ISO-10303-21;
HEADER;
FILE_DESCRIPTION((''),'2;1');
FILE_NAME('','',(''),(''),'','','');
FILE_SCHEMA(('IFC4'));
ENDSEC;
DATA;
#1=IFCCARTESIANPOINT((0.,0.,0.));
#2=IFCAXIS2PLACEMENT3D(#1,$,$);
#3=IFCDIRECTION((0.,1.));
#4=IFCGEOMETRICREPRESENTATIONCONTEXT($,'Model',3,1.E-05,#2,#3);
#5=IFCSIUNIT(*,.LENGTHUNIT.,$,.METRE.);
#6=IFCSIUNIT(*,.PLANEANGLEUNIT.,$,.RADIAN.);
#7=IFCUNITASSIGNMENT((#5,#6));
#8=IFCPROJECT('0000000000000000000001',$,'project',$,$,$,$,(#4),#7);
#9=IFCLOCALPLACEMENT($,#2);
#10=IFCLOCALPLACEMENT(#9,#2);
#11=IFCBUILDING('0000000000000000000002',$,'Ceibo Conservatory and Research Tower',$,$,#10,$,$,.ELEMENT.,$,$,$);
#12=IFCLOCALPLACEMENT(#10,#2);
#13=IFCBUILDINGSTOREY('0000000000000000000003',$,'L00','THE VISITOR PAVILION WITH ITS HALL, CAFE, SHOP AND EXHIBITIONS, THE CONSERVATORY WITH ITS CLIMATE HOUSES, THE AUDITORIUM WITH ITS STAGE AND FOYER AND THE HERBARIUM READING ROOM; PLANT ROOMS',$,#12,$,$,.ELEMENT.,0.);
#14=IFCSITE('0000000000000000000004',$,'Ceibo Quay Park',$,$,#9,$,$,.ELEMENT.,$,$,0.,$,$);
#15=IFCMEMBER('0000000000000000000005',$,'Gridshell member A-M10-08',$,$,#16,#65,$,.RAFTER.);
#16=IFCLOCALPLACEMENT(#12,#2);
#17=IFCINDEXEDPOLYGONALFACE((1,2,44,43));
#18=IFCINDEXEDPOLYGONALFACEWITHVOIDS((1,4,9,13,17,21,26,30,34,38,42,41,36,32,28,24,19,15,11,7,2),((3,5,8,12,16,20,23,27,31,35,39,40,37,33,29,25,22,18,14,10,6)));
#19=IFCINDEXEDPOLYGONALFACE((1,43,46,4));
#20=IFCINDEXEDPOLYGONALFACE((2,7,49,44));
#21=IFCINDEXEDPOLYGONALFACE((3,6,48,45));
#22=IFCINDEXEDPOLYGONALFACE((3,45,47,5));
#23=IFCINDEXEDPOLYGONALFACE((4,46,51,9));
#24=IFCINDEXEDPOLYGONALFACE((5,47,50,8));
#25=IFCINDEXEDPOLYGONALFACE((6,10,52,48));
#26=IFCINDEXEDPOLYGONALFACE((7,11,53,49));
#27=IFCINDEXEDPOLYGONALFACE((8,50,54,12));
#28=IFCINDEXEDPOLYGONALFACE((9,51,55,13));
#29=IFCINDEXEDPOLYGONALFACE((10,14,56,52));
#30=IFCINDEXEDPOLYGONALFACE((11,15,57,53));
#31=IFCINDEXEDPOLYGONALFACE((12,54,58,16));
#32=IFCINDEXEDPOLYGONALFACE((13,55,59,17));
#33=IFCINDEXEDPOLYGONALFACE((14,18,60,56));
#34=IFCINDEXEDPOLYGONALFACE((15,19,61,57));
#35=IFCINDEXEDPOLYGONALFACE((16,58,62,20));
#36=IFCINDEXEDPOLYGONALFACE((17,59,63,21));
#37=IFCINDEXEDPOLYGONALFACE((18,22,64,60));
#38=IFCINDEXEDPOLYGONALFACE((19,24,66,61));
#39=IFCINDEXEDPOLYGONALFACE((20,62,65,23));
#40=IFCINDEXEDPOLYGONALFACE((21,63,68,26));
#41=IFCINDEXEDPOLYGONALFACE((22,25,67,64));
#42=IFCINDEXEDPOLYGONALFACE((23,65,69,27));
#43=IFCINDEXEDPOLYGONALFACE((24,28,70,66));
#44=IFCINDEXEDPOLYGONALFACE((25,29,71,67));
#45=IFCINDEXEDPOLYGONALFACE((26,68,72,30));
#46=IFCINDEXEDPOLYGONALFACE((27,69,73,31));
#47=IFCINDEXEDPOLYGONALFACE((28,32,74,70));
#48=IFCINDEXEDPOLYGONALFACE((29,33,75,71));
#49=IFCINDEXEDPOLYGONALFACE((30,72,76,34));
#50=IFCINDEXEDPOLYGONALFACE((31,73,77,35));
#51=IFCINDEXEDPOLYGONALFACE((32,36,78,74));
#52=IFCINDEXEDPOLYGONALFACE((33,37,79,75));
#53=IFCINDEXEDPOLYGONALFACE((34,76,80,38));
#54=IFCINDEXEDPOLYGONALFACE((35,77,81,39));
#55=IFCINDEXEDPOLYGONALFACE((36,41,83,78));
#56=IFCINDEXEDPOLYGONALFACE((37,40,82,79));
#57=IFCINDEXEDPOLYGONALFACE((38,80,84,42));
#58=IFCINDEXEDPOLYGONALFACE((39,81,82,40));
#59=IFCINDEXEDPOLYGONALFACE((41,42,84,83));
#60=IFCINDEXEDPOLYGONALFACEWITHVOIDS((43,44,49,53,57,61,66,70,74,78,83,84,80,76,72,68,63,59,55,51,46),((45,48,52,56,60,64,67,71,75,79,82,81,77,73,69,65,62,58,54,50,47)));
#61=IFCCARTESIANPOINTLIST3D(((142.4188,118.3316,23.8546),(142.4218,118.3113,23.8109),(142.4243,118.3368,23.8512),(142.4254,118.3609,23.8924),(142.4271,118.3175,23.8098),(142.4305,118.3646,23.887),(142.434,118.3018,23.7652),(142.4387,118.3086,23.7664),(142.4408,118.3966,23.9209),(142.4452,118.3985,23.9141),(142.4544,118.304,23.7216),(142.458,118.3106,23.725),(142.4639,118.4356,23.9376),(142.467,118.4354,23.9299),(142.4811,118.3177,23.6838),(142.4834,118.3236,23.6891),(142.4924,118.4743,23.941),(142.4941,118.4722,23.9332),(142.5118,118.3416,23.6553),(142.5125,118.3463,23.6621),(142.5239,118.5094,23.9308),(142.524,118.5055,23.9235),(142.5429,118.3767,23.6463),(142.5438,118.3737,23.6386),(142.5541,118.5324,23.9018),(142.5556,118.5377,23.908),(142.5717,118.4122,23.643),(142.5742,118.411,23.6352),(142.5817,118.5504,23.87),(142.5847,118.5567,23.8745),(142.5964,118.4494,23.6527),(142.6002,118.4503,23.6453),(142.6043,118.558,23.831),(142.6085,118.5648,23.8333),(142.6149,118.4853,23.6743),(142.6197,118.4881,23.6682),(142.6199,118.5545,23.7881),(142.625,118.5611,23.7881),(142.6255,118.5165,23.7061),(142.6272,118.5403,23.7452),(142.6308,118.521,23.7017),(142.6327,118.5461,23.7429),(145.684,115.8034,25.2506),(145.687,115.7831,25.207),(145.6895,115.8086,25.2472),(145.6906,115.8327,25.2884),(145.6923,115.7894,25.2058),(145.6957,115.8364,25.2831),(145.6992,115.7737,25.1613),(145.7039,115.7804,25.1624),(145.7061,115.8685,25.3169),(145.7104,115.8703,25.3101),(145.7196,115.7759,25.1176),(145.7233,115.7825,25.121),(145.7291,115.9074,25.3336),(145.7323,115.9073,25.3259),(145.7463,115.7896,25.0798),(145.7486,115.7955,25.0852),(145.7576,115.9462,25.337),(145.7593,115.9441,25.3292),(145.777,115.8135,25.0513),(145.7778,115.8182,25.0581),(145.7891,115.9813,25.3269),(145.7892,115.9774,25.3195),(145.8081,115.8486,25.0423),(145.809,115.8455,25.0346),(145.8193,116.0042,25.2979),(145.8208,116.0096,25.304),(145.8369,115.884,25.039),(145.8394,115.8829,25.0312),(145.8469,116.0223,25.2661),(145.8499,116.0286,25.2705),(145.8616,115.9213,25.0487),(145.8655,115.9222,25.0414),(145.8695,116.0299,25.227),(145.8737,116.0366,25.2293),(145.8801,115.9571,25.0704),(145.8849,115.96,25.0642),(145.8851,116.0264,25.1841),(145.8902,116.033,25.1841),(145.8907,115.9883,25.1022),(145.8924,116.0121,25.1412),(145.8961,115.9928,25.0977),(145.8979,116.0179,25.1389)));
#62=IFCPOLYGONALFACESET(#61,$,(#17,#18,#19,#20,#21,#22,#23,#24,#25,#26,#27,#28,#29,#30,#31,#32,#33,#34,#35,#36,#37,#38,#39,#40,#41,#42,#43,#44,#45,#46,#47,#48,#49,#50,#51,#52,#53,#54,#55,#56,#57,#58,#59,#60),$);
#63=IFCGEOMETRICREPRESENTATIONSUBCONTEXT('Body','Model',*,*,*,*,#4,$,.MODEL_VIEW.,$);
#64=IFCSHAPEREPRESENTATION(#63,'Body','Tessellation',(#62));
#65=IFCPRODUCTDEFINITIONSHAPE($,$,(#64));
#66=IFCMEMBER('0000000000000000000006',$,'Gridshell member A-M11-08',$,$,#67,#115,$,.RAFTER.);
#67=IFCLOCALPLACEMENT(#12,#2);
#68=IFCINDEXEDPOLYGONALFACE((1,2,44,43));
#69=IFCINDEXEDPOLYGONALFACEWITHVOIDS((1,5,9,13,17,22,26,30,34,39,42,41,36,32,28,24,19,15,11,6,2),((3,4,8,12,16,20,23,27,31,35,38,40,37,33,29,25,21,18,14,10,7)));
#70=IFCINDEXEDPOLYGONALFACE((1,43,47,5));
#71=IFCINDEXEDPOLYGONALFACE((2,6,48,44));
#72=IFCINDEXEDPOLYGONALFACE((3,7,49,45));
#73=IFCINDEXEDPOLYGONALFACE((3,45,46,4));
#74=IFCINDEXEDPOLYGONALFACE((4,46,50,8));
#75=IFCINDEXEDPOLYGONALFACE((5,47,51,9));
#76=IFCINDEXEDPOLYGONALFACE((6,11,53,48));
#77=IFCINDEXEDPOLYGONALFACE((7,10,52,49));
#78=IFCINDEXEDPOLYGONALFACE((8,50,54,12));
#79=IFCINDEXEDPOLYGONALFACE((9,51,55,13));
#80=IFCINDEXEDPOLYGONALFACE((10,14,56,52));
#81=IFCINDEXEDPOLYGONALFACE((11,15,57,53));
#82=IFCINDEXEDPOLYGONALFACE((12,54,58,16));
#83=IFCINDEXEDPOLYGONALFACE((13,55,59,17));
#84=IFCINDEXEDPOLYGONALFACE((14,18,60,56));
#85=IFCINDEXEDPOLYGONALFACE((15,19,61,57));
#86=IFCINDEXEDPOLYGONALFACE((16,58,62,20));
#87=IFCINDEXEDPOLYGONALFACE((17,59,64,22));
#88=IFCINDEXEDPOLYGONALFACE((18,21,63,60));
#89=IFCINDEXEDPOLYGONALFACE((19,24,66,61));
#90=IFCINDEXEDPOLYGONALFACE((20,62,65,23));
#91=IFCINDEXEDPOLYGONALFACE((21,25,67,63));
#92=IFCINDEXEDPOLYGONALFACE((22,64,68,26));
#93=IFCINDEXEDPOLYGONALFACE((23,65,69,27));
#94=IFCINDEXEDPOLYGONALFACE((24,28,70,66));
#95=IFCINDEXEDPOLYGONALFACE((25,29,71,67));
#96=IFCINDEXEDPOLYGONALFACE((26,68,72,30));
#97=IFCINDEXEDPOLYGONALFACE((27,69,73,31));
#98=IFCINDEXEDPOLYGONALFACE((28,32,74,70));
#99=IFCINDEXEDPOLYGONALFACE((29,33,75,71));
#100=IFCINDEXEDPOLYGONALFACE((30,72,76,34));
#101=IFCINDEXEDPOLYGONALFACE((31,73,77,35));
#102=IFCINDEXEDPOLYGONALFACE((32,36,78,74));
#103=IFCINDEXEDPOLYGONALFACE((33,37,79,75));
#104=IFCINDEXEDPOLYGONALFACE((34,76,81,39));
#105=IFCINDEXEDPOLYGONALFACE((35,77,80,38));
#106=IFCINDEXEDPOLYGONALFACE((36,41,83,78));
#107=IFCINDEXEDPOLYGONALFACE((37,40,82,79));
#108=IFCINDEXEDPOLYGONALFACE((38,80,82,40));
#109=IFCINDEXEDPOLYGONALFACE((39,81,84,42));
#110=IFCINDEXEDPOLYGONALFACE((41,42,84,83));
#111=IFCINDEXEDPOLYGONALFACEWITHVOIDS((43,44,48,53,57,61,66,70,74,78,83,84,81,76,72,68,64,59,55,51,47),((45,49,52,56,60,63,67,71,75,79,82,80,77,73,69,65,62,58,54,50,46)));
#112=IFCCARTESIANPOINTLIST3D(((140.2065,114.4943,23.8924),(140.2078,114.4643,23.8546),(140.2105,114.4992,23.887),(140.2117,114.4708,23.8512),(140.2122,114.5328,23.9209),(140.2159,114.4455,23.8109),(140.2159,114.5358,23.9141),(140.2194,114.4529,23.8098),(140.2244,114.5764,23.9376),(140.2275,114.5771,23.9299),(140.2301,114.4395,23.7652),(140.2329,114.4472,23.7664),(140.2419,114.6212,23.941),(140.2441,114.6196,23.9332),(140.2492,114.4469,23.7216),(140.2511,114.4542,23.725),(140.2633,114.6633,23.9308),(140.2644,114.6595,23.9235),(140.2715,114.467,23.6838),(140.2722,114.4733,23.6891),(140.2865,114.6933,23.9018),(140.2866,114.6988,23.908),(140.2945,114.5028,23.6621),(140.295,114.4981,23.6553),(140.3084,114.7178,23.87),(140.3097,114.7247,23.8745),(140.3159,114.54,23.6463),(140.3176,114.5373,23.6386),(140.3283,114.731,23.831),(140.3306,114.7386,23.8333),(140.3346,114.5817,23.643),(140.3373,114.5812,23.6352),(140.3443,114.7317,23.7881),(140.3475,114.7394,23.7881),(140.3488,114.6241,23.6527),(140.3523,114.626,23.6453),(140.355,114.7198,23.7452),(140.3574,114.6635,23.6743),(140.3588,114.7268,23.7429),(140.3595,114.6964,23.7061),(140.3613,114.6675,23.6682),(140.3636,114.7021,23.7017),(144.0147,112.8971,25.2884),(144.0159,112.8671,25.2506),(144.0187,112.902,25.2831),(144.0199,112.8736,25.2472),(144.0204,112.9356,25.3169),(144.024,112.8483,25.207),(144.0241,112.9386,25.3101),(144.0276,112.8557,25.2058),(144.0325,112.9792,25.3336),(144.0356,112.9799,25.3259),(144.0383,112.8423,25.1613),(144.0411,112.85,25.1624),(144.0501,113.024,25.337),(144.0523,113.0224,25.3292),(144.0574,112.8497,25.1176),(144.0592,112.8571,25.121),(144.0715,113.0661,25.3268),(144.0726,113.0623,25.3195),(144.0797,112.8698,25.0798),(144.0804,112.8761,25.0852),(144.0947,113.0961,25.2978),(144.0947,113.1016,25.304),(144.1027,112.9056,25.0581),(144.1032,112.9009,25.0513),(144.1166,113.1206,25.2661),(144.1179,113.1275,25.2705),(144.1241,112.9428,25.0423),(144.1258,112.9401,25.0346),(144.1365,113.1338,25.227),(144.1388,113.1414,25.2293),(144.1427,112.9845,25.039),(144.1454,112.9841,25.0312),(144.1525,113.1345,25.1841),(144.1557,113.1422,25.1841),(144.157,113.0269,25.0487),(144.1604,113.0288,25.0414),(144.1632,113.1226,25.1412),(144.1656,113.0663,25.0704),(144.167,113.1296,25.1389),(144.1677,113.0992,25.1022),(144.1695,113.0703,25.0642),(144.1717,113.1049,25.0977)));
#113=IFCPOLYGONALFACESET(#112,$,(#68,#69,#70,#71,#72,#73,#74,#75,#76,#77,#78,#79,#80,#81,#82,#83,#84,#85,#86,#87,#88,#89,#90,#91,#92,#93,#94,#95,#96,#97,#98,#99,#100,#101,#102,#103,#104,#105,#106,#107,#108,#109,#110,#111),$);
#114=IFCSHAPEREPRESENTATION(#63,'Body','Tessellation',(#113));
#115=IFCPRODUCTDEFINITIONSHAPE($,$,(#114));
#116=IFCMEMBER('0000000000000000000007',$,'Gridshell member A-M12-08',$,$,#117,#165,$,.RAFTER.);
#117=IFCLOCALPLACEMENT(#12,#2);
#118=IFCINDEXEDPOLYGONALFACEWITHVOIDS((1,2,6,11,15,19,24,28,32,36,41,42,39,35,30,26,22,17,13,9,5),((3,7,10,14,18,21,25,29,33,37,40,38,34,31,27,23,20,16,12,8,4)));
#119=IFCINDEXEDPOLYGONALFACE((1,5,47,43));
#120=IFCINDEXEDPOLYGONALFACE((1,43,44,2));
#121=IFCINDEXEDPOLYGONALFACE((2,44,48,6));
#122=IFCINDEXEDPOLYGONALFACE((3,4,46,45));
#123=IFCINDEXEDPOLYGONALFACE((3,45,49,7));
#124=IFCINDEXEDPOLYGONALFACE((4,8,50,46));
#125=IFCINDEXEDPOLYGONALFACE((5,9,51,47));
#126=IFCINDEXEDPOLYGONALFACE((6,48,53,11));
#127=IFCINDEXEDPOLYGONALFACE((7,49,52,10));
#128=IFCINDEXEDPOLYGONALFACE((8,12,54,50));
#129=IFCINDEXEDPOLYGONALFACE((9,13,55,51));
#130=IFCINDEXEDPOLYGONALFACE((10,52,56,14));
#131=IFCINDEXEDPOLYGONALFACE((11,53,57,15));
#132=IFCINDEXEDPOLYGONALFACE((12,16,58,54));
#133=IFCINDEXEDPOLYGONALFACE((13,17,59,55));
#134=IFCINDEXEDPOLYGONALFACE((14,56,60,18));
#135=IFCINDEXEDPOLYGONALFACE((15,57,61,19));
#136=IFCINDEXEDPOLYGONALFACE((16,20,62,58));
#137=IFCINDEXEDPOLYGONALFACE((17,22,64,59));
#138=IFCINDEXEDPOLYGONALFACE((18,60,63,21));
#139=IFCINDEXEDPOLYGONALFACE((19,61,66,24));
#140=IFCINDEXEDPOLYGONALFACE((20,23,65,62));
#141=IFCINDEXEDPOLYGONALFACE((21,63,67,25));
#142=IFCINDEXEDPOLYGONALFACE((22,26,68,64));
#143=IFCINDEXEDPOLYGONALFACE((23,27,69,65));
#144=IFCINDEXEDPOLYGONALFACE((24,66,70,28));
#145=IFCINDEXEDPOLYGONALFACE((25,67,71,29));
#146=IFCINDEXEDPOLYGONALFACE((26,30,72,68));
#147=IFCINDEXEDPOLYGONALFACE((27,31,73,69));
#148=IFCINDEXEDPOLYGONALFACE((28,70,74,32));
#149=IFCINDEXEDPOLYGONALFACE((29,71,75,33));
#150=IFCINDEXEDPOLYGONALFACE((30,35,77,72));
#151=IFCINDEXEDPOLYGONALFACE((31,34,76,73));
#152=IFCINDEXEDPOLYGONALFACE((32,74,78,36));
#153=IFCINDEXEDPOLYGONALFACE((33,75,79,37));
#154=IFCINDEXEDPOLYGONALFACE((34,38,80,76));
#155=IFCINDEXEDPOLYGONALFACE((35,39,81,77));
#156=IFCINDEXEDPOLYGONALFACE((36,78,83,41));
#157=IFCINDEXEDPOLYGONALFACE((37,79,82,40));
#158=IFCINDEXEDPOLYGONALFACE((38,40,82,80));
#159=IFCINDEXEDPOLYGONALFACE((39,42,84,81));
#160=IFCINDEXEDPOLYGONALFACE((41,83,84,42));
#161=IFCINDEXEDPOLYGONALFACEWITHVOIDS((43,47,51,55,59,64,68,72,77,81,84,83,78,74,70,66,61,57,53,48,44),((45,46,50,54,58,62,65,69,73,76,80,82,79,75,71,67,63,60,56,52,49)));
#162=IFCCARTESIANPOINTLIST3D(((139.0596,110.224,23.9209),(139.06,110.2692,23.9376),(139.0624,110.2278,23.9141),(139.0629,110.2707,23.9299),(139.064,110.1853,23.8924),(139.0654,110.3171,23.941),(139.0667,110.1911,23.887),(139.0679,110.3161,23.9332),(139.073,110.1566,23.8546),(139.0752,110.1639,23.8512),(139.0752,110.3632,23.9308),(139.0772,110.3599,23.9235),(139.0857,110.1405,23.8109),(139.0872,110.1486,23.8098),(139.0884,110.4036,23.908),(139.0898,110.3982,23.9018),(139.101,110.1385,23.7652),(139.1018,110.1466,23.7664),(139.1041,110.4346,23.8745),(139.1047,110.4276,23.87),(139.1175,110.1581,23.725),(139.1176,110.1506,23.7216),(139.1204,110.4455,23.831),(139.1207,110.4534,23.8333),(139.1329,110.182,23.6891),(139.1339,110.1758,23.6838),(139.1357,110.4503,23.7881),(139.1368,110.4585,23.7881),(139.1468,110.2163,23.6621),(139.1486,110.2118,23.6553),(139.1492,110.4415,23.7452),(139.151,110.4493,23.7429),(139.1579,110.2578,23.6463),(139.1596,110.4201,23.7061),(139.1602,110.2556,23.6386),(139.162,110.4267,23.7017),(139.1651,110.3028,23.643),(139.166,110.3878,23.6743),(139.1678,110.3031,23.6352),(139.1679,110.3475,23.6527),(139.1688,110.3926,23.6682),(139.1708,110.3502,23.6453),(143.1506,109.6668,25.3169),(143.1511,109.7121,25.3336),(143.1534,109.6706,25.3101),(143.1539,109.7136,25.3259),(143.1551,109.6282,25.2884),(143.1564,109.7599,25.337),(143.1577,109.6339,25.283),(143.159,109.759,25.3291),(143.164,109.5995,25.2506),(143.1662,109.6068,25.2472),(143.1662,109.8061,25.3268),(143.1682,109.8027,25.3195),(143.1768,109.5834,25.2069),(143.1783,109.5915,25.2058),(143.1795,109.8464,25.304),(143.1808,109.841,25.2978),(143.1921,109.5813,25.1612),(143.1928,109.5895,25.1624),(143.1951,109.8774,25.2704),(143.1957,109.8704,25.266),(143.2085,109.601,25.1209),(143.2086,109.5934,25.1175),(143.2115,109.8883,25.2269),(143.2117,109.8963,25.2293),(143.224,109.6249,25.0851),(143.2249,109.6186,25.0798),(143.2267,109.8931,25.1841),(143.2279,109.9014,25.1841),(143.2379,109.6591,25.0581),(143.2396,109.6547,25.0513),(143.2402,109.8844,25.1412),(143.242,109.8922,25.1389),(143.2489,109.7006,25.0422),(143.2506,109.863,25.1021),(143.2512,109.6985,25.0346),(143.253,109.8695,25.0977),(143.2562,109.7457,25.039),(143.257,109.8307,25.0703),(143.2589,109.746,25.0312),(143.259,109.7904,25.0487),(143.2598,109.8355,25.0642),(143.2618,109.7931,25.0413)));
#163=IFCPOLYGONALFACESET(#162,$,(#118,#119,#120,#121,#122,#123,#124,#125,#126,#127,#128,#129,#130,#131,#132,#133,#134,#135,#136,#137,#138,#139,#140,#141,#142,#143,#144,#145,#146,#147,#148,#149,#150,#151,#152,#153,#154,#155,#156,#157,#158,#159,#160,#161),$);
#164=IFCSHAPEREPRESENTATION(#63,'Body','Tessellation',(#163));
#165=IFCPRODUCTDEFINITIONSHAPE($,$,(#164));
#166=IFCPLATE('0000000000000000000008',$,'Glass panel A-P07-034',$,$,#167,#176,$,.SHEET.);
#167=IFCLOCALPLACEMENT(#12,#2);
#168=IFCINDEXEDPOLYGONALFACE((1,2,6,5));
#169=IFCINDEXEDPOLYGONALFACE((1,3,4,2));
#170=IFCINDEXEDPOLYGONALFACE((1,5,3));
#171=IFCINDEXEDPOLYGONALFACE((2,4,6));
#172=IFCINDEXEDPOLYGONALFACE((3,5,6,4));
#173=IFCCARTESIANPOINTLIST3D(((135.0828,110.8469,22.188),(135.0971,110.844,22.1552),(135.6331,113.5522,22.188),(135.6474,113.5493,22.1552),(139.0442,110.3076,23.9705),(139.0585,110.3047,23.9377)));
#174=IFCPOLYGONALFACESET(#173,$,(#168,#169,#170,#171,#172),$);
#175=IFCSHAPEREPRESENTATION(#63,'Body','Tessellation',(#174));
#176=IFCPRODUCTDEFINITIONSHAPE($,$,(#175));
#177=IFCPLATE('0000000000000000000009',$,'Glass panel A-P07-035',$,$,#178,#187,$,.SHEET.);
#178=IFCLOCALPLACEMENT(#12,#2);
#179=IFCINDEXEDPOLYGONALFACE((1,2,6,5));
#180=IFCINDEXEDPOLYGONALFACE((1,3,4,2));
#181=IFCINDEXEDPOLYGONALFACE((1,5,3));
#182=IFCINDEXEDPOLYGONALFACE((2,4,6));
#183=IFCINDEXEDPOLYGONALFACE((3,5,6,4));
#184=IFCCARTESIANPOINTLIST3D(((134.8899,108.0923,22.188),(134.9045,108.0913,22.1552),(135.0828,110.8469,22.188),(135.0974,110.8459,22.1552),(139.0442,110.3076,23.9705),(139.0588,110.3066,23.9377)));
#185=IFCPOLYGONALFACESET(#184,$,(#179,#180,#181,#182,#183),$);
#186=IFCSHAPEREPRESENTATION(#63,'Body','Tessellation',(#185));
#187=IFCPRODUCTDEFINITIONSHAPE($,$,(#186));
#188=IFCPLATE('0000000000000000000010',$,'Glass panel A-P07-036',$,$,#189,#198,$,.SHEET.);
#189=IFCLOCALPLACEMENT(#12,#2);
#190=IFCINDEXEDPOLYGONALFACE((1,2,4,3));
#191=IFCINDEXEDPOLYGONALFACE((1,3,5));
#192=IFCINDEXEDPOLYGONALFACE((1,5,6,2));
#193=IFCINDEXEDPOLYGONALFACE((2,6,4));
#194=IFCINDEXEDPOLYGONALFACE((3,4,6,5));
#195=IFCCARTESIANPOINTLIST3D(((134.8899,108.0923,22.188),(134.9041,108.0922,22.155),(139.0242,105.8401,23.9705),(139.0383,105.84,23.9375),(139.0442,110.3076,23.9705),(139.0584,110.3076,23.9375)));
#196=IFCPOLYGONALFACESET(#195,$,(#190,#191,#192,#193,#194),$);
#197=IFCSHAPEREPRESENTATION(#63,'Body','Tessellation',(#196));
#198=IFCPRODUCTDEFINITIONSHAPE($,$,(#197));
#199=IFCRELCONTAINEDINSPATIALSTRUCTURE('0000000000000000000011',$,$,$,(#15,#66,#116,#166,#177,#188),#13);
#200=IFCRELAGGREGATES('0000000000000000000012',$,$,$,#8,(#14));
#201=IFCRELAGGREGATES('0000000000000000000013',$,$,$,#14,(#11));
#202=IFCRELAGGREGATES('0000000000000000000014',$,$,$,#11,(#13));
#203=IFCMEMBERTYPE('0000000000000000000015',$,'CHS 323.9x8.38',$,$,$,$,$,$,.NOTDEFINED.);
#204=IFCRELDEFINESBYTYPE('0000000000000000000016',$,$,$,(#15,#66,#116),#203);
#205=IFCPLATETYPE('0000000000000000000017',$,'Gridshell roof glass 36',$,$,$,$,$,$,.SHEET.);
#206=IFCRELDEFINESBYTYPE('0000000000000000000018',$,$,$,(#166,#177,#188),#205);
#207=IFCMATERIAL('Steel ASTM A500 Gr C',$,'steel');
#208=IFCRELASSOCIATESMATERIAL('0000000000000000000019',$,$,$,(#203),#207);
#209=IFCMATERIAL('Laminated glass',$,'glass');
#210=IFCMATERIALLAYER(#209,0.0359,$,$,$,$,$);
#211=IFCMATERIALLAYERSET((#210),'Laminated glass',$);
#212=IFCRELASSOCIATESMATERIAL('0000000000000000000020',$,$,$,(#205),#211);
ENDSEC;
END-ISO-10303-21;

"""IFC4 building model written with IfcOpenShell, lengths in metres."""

from ifc_helpers import new_model, si_unit, direction, frame, origin, origin_2d, place, context, subcontext, project, spatial, polyline, hollow_circle, outline, extrude, material, layer, layer_set, material_profile, profile_set, type_object, element, save


model = new_model("IFC4")

# Units and contexts
model_context = context("Model", 3, precision=1e-05, world=origin(), true_north=direction((0.0, 1.0)))
body_context = subcontext(model_context, "Body", "Model", "MODEL_VIEW")
ifc_project = project(units=[si_unit("LENGTHUNIT", "METRE"), si_unit("PLANEANGLEUNIT", "RADIAN")], contexts=[model_context])

# Site, building, storey
site_placement = place(None, origin())
site = spatial("IfcSite", under=ifc_project, at=site_placement, Name="Ceibo Quay Park", CompositionType="ELEMENT", RefElevation=0.0)
building_placement = place(site_placement, origin())
building = spatial("IfcBuilding", under=site, at=building_placement, Name="Ceibo Conservatory and Research Tower", CompositionType="ELEMENT")
storey_placement = place(building_placement, origin())
storey = spatial("IfcBuildingStorey", under=building, at=storey_placement, Name="L00", Description="THE VISITOR PAVILION WITH ITS HALL, CAFE, SHOP AND EXHIBITIONS, THE CONSERVATORY WITH ITS CLIMATE HOUSES, THE AUDITORIUM WITH ITS STAGE AND FOYER AND THE HERBARIUM READING ROOM; PLANT ROOMS", CompositionType="ELEMENT", Elevation=0.0)

# Members
ifc_material_1 = material(Name="Steel ASTM A500 Gr C", Category="steel")
ifc_material_profile_1 = material_profile(ifc_material_1, hollow_circle(Radius=0.1619, WallThickness=0.0083, at=origin_2d()), Name="CHS 323.9x8.38")
ifc_profile_set_1 = profile_set([ifc_material_profile_1], Name="Steel ASTM A500 Gr C")
member_type_1 = type_object("IfcMemberType", Name="CHS 323.9x8.38", PredefinedType="NOTDEFINED", material=ifc_profile_set_1)
for number, where, z_axis, x_axis, name in (
    (1, (142.5259, 118.4331, 23.7881), (0.749052, -0.579964, 0.320254), (0.612208, 0.790697, 0.0), "Gridshell member A-M10-08"),
    (2, (140.2849, 114.5901, 23.7881), (0.873607, -0.366402, 0.320252), (0.386772, 0.922175, 0.0), "Gridshell member A-M11-08"),
):
    element("IfcMember", number, at=place(storey_placement, frame(where, z_axis=z_axis, x_axis=x_axis)), inside=storey, type_object=member_type_1, Name=name, PredefinedType="RAFTER", context=body_context, shape_type="SweptSolid", body=[
        extrude(hollow_circle(Radius=0.1619, WallThickness=0.0083, at=origin_2d()), origin(), (0.0, 0.0, 1.0), 4.3591),
    ])
member_1_placement = place(storey_placement, frame((139.115, 110.2981, 23.7881), z_axis=(0.938653, -0.127828, 0.320297), x_axis=(0.134936, 0.990854, 0.0)))
element("IfcMember", 3, at=member_1_placement, inside=storey, type_object=member_type_1, Name="Gridshell member A-M12-08", PredefinedType="RAFTER", context=body_context, shape_type="SweptSolid", body=[
    extrude(hollow_circle(Radius=0.1619, WallThickness=0.0083, at=origin_2d()), origin(), (0.0, 0.0, 1.0), 4.3584),
])

# Plates
ifc_material_2 = material(Name="Laminated glass", Category="glass")
ifc_layer = layer(ifc_material_2, 0.0359)
ifc_layer_set = layer_set([ifc_layer], Name="Laminated glass")
plate_type = type_object("IfcPlateType", Name="Gridshell roof glass 36", PredefinedType="SHEET", material=ifc_layer_set)
plate_1_placement = place(storey_placement, frame((139.0442, 110.3076, 23.9705), z_axis=(-0.399746, 0.081313, 0.913012), x_axis=(-0.677626, 0.644549, -0.35409)))
element("IfcPlate", 4, at=plate_1_placement, inside=storey, type_object=plate_type, Name="Glass panel A-P07-034", PredefinedType="SHEET", context=body_context, shape_type="SweptSolid", body=[
    extrude(outline(polyline([(0.0, 0.0), (5.0339, 0.0), (3.6631, 2.3963), (0.0, 0.0)])), origin(), (0.0, 0.0, -1.0), 0.0359),
])
plate_2_placement = place(storey_placement, frame((139.0442, 110.3076, 23.9705), z_axis=(-0.406937, 0.028492, 0.913012), x_axis=(-0.904988, 0.123205, -0.407206)))
element("IfcPlate", 5, at=plate_2_placement, inside=storey, type_object=plate_type, Name="Glass panel A-P07-035", PredefinedType="SHEET", context=body_context, shape_type="SweptSolid", body=[
    extrude(outline(polyline([(0.0, 0.0), (4.3773, 0.0), (4.2125, 2.7565), (0.0, 0.0)])), origin(), (0.0, 0.0, -1.0), 0.0359),
])
plate_3_placement = place(storey_placement, frame((139.0442, 110.3076, 23.9705), z_axis=(-0.3951, 0.00177, 0.918636), x_axis=(-0.825216, -0.440057, -0.354073)))
element("IfcPlate", 6, at=plate_3_placement, inside=storey, type_object=plate_type, Name="Glass panel A-P07-036", PredefinedType="SHEET", context=body_context, shape_type="SweptSolid", body=[
    extrude(outline(polyline([(0.0, 0.0), (5.0342, 0.0), (1.9825, 4.0036), (0.0, 0.0)])), origin(), (0.0, 0.0, -1.0), 0.0359),
])

save(model, "model.ifc")
